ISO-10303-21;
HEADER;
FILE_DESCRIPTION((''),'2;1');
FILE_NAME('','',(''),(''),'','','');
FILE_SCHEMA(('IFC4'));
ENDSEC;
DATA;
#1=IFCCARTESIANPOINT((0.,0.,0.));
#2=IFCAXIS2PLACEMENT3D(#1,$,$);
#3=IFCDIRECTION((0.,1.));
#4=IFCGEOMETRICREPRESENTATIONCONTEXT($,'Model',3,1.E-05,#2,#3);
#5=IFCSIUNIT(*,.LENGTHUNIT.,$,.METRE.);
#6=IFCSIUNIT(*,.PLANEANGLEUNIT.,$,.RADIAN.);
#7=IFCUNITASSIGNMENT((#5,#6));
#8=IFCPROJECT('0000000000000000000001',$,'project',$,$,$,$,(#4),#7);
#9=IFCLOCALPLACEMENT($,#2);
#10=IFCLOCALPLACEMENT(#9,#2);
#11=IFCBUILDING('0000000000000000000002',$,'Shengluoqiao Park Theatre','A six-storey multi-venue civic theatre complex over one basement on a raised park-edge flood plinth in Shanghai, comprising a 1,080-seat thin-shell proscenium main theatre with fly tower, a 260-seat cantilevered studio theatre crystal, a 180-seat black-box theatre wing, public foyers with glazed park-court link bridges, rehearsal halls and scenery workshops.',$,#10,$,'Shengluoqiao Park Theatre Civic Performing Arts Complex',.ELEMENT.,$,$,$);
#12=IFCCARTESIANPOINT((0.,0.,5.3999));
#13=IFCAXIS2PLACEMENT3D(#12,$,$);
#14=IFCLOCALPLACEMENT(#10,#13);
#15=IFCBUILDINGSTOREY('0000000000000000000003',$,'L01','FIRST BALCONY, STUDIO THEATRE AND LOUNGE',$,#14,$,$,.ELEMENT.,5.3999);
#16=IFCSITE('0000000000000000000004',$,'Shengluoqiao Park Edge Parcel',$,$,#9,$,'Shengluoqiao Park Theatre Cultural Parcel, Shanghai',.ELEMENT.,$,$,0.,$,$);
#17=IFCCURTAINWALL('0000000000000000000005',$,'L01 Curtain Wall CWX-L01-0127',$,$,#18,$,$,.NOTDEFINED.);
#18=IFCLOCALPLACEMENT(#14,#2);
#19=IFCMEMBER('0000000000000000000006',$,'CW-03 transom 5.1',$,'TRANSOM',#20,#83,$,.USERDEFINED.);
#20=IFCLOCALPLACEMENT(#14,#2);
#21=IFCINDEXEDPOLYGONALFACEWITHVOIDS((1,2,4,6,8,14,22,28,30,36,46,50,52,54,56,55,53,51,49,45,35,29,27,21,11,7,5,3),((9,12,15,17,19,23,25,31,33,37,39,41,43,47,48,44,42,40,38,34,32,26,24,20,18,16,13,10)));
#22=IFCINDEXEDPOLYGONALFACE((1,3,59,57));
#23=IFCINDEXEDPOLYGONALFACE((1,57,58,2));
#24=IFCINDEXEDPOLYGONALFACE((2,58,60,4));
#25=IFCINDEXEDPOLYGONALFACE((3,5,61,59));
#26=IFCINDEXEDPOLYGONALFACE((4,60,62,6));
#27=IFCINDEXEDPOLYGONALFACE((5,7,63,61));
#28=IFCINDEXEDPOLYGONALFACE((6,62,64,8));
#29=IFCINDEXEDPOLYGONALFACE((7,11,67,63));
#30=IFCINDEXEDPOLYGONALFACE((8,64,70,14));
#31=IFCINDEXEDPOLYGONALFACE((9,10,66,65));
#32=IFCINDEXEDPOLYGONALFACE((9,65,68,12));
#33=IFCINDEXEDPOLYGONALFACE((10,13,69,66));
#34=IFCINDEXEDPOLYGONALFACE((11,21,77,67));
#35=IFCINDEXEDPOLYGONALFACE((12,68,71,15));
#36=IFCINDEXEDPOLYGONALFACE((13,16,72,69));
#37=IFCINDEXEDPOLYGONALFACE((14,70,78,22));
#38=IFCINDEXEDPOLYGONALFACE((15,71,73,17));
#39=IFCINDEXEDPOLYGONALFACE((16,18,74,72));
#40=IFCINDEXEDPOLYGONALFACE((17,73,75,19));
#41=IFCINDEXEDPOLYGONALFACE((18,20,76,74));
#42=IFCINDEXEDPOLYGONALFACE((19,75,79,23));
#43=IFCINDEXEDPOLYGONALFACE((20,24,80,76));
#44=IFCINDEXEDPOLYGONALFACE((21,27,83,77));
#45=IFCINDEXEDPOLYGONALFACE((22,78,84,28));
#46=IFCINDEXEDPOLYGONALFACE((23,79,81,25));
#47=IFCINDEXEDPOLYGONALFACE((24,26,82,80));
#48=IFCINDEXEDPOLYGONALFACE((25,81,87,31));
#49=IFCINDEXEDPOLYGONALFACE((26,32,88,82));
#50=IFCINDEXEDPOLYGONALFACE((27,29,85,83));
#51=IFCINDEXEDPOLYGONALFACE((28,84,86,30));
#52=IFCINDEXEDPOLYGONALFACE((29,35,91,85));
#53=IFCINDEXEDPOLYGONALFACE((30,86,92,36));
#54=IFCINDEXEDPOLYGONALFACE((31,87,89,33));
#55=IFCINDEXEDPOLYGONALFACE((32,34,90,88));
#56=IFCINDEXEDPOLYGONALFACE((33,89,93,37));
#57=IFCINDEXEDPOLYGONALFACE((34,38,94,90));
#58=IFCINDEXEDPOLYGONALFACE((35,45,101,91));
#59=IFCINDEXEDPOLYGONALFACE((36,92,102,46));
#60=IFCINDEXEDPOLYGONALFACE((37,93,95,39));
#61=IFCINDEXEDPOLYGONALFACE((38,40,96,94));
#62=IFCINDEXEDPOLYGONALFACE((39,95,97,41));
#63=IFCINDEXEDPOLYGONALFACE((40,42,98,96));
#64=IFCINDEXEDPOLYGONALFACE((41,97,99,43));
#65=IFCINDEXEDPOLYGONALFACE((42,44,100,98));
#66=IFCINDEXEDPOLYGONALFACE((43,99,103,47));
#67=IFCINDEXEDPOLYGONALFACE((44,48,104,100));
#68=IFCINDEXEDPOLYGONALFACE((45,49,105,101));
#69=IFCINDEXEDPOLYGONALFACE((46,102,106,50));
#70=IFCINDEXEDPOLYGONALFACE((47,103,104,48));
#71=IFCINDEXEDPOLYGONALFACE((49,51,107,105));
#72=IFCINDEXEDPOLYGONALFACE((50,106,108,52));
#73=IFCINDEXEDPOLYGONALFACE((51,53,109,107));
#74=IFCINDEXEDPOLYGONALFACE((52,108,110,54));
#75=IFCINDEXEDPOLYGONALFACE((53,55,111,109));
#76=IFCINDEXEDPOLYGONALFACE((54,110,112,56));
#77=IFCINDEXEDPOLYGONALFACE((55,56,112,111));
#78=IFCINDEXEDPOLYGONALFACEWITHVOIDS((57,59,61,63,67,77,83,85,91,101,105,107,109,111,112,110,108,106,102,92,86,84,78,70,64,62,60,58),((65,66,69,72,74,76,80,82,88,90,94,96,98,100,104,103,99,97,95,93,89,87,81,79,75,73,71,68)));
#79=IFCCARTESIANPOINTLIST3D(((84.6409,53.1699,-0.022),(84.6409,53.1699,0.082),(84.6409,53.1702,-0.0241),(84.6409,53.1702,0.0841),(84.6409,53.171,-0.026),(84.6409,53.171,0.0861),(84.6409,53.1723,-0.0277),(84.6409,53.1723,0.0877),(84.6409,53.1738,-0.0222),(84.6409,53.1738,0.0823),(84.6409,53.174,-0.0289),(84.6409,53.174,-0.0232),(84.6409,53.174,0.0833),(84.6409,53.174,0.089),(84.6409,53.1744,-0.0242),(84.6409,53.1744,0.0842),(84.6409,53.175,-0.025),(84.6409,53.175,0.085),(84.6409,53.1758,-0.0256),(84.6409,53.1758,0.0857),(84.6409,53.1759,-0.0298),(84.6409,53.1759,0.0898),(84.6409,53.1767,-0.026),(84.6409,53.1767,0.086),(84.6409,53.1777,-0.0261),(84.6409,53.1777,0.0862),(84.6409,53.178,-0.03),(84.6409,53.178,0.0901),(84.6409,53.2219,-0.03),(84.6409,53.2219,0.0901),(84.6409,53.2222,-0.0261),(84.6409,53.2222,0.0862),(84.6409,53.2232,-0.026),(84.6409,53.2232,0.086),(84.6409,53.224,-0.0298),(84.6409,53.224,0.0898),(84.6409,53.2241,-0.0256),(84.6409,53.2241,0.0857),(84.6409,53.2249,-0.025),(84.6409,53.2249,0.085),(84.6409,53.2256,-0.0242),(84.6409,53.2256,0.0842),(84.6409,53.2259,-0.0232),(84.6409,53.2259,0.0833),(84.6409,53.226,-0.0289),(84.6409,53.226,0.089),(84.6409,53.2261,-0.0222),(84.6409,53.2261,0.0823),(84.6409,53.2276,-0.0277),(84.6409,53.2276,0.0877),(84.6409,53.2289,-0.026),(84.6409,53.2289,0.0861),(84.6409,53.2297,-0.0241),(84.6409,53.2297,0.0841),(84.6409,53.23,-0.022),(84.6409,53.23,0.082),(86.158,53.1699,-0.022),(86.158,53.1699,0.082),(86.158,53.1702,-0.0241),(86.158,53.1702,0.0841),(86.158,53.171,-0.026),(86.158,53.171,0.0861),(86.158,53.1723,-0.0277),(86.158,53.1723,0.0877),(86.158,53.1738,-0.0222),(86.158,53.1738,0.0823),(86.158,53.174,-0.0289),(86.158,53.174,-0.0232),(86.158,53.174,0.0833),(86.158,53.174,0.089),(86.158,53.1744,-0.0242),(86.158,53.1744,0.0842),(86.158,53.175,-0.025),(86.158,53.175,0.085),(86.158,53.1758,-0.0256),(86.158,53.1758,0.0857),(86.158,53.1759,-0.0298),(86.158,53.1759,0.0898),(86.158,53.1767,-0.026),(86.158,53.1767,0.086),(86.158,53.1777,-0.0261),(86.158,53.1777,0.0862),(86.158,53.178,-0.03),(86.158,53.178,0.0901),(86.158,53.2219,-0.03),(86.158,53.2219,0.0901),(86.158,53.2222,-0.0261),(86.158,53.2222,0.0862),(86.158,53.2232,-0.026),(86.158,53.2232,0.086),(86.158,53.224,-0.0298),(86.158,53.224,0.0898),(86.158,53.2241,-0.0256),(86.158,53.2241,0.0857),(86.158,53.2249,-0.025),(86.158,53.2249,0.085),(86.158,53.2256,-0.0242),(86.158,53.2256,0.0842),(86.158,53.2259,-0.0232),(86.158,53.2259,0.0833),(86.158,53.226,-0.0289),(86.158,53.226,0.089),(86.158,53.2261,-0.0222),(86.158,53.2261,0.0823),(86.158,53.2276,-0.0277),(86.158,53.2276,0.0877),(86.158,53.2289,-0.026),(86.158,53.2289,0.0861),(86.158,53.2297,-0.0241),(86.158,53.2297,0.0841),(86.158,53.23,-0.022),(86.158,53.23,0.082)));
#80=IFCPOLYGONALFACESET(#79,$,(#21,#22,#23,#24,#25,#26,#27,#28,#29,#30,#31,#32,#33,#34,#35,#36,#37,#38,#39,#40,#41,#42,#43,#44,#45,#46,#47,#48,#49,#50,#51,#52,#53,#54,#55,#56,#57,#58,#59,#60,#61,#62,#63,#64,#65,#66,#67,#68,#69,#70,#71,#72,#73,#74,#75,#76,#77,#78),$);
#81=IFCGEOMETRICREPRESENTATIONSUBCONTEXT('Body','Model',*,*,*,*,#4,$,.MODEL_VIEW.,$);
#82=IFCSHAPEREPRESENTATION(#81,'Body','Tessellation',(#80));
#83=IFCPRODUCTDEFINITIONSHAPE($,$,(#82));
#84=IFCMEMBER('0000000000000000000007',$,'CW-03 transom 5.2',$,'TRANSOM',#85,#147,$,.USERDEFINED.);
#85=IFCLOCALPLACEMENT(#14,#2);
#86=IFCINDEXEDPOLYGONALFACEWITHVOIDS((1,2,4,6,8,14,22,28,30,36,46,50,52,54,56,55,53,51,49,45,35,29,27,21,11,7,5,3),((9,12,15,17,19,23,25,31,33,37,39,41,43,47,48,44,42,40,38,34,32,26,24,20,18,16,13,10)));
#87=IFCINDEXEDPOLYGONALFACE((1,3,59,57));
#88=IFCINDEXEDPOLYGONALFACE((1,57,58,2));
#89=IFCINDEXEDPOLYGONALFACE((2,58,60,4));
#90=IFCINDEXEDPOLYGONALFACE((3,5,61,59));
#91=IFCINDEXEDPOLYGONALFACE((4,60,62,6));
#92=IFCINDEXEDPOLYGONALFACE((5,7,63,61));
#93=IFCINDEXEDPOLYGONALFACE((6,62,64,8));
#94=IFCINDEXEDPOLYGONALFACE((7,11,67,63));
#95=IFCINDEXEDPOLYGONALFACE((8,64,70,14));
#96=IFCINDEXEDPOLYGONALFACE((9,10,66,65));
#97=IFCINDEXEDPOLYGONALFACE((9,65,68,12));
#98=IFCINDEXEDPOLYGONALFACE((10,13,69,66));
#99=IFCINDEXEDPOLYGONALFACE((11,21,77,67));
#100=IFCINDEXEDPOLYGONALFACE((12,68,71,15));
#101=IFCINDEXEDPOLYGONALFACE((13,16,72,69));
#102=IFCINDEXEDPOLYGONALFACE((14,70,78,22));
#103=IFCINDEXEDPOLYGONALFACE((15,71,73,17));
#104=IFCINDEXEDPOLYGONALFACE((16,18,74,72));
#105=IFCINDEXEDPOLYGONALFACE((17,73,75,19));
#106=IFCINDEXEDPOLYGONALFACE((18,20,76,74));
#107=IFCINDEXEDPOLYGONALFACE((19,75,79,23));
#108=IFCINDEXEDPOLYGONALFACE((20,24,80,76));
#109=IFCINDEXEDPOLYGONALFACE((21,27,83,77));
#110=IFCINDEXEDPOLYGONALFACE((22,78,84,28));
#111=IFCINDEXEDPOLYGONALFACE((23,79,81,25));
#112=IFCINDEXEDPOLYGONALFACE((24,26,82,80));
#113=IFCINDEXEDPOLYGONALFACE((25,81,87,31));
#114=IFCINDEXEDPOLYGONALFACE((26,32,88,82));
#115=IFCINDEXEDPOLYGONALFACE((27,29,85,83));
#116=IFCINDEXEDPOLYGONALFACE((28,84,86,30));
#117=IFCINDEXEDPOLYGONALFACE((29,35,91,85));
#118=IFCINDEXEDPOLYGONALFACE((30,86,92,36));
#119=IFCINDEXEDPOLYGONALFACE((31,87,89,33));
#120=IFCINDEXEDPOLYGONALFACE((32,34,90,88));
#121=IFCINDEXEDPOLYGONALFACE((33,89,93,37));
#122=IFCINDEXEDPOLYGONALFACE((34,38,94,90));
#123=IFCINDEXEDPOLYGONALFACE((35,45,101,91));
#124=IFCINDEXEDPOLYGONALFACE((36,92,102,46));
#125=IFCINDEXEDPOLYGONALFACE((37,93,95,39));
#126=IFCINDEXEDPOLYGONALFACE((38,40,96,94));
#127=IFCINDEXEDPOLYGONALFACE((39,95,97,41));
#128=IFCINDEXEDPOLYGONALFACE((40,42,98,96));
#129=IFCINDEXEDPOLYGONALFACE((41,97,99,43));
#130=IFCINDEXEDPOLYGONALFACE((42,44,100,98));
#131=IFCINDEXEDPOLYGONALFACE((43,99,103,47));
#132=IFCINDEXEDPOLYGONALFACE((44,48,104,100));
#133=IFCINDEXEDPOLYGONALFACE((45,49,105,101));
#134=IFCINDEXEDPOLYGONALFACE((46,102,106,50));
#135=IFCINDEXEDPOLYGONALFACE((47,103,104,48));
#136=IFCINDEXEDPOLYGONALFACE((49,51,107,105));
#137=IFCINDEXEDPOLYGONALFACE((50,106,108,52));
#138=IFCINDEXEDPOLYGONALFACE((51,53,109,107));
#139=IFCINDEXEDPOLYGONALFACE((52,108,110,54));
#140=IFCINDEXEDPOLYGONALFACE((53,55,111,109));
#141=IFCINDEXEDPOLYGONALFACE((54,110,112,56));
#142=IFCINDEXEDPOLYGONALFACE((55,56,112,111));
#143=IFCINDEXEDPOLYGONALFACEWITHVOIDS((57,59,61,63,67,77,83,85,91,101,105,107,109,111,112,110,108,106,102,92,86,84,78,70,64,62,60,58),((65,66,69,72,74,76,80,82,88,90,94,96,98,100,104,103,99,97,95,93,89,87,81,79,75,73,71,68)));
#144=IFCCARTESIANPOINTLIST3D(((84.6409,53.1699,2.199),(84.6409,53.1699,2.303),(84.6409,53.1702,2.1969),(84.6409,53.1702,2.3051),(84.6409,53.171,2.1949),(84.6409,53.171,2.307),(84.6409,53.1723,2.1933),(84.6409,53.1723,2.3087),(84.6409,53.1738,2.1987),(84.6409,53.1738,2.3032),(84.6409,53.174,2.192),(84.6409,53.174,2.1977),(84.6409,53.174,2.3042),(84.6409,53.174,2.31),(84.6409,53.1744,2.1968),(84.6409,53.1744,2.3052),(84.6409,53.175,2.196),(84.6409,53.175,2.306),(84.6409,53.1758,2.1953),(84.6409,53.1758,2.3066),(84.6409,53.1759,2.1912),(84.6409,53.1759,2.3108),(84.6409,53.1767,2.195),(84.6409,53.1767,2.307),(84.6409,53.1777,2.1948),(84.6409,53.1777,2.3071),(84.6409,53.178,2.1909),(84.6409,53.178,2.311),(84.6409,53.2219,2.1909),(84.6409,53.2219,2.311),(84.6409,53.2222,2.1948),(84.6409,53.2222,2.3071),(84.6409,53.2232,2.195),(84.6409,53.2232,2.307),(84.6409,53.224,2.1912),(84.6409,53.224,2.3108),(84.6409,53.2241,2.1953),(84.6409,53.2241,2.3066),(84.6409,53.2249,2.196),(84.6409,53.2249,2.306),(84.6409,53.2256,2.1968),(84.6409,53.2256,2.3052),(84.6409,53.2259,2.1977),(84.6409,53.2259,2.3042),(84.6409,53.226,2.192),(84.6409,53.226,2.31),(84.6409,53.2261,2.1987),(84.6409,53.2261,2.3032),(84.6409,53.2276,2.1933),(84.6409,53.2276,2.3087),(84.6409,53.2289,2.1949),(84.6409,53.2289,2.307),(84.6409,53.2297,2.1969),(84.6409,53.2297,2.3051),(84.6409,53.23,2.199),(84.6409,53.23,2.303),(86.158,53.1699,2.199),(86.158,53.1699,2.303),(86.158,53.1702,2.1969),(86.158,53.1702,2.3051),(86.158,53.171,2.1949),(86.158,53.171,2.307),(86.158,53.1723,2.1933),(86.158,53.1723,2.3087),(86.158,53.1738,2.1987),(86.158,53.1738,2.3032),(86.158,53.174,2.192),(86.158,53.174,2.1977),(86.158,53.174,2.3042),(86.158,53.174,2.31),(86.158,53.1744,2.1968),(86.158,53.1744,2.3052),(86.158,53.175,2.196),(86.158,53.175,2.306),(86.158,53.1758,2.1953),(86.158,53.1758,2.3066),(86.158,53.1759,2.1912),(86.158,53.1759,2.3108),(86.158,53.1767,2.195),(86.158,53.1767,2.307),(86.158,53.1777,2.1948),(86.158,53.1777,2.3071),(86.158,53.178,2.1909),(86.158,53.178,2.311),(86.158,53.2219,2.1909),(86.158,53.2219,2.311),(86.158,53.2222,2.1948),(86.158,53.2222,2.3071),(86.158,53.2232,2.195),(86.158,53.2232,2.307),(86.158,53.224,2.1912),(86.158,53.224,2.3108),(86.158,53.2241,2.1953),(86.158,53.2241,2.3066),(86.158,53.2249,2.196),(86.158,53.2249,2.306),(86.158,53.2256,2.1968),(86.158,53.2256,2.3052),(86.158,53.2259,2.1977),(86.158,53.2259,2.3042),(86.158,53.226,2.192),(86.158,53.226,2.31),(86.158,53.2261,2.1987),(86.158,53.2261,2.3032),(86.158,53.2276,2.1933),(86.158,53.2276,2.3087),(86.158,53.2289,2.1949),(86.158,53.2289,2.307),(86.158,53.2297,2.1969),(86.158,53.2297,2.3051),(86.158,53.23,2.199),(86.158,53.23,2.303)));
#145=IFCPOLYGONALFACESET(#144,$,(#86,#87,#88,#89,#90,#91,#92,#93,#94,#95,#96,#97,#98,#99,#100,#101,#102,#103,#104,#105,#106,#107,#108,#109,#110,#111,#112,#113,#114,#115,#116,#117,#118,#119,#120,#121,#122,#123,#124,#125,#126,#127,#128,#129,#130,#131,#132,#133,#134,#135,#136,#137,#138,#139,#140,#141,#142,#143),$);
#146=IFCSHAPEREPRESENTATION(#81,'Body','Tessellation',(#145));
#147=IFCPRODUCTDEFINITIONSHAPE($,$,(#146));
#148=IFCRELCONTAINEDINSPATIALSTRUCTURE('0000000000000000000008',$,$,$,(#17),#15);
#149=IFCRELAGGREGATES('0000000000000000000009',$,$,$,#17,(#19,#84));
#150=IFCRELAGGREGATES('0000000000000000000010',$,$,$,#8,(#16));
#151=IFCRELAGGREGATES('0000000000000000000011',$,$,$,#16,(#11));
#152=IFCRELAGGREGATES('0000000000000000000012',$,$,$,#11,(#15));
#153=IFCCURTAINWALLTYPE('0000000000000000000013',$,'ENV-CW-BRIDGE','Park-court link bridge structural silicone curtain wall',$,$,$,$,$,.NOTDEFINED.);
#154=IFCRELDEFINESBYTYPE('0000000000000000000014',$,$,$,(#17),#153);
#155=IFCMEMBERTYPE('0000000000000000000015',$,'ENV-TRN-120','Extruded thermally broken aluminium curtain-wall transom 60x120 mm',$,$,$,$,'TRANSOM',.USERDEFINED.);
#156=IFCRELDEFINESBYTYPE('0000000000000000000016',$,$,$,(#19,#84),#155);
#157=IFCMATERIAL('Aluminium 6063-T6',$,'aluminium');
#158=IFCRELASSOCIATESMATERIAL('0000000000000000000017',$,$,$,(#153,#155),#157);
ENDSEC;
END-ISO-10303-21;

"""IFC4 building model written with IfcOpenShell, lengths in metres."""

from ifc_helpers import new_model, si_unit, direction, frame, origin, origin_2d, place, context, subcontext, project, spatial, hollow_rectangle, extrude, material, material_profile, profile_set, type_object, element, aggregate, save


model = new_model("IFC4")

# Units and contexts
model_context = context("Model", 3, precision=1e-05, world=origin(), true_north=direction((0.0, 1.0)))
body_context = subcontext(model_context, "Body", "Model", "MODEL_VIEW")
ifc_project = project(units=[si_unit("LENGTHUNIT", "METRE"), si_unit("PLANEANGLEUNIT", "RADIAN")], contexts=[model_context])

# Site, building, storey
site_placement = place(None, origin())
site = spatial("IfcSite", under=ifc_project, at=site_placement, Name="Shengluoqiao Park Edge Parcel", LongName="Shengluoqiao Park Theatre Cultural Parcel, Shanghai", CompositionType="ELEMENT", RefElevation=0.0)
building_placement = place(site_placement, origin())
building = spatial("IfcBuilding", under=site, at=building_placement, Name="Shengluoqiao Park Theatre", Description="A six-storey multi-venue civic theatre complex over one basement on a raised park-edge flood plinth in Shanghai, comprising a 1,080-seat thin-shell proscenium main theatre with fly tower, a 260-seat cantilevered studio theatre crystal, a 180-seat black-box theatre wing, public foyers with glazed park-court link bridges, rehearsal halls and scenery workshops.", LongName="Shengluoqiao Park Theatre Civic Performing Arts Complex", CompositionType="ELEMENT")
storey_placement = place(building_placement, frame((0.0, 0.0, 5.3999)))
storey = spatial("IfcBuildingStorey", under=building, at=storey_placement, Name="L01", Description="FIRST BALCONY, STUDIO THEATRE AND LOUNGE", CompositionType="ELEMENT", Elevation=5.3999)

# Curtain wall, members
ifc_material_1 = material(Name="Aluminium 6063-T6", Category="aluminium")
curtain_wall_type = type_object("IfcCurtainWallType", Name="ENV-CW-BRIDGE", Description="Park-court link bridge structural silicone curtain wall", PredefinedType="NOTDEFINED", material=ifc_material_1)
curtain_wall_placement = place(storey_placement, origin())
curtain_wall = element("IfcCurtainWall", 1, at=curtain_wall_placement, inside=storey, type_object=curtain_wall_type, Name="L01 Curtain Wall CWX-L01-0127", PredefinedType="NOTDEFINED")
ifc_material_profile_1 = material_profile(ifc_material_1, hollow_rectangle(XDim=0.0601, YDim=0.1201, WallThickness=0.0039, InnerFilletRadius=0.0039, OuterFilletRadius=0.0081, at=origin_2d()), Name="ALU TRANSOM 120x60x4")
ifc_profile_set_1 = profile_set([ifc_material_profile_1], Name="Aluminium 6063-T6")
member_type_1 = type_object("IfcMemberType", Name="ENV-TRN-120", Description="Extruded thermally broken aluminium curtain-wall transom 60x120 mm", ElementType="TRANSOM", PredefinedType="USERDEFINED", material=ifc_profile_set_1)
member_1_placement = place(storey_placement, frame((84.6409, 53.2, 0.03), z_axis=(1.0, 0.0, 0.0), x_axis=(0.0, 1.0, 0.0)))
member_1 = element("IfcMember", 2, at=member_1_placement, type_object=member_type_1, Name="CW-03 transom 5.1", ObjectType="TRANSOM", PredefinedType="USERDEFINED", context=body_context, shape_type="SweptSolid", body=[
    extrude(hollow_rectangle(XDim=0.0601, YDim=0.1201, WallThickness=0.0039, InnerFilletRadius=0.0039, OuterFilletRadius=0.0081, at=origin_2d()), origin(), (0.0, 0.0, 1.0), 1.5171),
])
member_2_placement = place(storey_placement, frame((84.6409, 53.2, 2.251), z_axis=(1.0, 0.0, 0.0), x_axis=(0.0, 1.0, 0.0)))
member_2 = element("IfcMember", 3, at=member_2_placement, type_object=member_type_1, Name="CW-03 transom 5.2", ObjectType="TRANSOM", PredefinedType="USERDEFINED", context=body_context, shape_type="SweptSolid", body=[
    extrude(hollow_rectangle(XDim=0.0601, YDim=0.1201, WallThickness=0.0039, InnerFilletRadius=0.0039, OuterFilletRadius=0.0081, at=origin_2d()), origin(), (0.0, 0.0, 1.0), 1.5171),
])

aggregate(curtain_wall, [member_1, member_2])

save(model, "model.ifc")
